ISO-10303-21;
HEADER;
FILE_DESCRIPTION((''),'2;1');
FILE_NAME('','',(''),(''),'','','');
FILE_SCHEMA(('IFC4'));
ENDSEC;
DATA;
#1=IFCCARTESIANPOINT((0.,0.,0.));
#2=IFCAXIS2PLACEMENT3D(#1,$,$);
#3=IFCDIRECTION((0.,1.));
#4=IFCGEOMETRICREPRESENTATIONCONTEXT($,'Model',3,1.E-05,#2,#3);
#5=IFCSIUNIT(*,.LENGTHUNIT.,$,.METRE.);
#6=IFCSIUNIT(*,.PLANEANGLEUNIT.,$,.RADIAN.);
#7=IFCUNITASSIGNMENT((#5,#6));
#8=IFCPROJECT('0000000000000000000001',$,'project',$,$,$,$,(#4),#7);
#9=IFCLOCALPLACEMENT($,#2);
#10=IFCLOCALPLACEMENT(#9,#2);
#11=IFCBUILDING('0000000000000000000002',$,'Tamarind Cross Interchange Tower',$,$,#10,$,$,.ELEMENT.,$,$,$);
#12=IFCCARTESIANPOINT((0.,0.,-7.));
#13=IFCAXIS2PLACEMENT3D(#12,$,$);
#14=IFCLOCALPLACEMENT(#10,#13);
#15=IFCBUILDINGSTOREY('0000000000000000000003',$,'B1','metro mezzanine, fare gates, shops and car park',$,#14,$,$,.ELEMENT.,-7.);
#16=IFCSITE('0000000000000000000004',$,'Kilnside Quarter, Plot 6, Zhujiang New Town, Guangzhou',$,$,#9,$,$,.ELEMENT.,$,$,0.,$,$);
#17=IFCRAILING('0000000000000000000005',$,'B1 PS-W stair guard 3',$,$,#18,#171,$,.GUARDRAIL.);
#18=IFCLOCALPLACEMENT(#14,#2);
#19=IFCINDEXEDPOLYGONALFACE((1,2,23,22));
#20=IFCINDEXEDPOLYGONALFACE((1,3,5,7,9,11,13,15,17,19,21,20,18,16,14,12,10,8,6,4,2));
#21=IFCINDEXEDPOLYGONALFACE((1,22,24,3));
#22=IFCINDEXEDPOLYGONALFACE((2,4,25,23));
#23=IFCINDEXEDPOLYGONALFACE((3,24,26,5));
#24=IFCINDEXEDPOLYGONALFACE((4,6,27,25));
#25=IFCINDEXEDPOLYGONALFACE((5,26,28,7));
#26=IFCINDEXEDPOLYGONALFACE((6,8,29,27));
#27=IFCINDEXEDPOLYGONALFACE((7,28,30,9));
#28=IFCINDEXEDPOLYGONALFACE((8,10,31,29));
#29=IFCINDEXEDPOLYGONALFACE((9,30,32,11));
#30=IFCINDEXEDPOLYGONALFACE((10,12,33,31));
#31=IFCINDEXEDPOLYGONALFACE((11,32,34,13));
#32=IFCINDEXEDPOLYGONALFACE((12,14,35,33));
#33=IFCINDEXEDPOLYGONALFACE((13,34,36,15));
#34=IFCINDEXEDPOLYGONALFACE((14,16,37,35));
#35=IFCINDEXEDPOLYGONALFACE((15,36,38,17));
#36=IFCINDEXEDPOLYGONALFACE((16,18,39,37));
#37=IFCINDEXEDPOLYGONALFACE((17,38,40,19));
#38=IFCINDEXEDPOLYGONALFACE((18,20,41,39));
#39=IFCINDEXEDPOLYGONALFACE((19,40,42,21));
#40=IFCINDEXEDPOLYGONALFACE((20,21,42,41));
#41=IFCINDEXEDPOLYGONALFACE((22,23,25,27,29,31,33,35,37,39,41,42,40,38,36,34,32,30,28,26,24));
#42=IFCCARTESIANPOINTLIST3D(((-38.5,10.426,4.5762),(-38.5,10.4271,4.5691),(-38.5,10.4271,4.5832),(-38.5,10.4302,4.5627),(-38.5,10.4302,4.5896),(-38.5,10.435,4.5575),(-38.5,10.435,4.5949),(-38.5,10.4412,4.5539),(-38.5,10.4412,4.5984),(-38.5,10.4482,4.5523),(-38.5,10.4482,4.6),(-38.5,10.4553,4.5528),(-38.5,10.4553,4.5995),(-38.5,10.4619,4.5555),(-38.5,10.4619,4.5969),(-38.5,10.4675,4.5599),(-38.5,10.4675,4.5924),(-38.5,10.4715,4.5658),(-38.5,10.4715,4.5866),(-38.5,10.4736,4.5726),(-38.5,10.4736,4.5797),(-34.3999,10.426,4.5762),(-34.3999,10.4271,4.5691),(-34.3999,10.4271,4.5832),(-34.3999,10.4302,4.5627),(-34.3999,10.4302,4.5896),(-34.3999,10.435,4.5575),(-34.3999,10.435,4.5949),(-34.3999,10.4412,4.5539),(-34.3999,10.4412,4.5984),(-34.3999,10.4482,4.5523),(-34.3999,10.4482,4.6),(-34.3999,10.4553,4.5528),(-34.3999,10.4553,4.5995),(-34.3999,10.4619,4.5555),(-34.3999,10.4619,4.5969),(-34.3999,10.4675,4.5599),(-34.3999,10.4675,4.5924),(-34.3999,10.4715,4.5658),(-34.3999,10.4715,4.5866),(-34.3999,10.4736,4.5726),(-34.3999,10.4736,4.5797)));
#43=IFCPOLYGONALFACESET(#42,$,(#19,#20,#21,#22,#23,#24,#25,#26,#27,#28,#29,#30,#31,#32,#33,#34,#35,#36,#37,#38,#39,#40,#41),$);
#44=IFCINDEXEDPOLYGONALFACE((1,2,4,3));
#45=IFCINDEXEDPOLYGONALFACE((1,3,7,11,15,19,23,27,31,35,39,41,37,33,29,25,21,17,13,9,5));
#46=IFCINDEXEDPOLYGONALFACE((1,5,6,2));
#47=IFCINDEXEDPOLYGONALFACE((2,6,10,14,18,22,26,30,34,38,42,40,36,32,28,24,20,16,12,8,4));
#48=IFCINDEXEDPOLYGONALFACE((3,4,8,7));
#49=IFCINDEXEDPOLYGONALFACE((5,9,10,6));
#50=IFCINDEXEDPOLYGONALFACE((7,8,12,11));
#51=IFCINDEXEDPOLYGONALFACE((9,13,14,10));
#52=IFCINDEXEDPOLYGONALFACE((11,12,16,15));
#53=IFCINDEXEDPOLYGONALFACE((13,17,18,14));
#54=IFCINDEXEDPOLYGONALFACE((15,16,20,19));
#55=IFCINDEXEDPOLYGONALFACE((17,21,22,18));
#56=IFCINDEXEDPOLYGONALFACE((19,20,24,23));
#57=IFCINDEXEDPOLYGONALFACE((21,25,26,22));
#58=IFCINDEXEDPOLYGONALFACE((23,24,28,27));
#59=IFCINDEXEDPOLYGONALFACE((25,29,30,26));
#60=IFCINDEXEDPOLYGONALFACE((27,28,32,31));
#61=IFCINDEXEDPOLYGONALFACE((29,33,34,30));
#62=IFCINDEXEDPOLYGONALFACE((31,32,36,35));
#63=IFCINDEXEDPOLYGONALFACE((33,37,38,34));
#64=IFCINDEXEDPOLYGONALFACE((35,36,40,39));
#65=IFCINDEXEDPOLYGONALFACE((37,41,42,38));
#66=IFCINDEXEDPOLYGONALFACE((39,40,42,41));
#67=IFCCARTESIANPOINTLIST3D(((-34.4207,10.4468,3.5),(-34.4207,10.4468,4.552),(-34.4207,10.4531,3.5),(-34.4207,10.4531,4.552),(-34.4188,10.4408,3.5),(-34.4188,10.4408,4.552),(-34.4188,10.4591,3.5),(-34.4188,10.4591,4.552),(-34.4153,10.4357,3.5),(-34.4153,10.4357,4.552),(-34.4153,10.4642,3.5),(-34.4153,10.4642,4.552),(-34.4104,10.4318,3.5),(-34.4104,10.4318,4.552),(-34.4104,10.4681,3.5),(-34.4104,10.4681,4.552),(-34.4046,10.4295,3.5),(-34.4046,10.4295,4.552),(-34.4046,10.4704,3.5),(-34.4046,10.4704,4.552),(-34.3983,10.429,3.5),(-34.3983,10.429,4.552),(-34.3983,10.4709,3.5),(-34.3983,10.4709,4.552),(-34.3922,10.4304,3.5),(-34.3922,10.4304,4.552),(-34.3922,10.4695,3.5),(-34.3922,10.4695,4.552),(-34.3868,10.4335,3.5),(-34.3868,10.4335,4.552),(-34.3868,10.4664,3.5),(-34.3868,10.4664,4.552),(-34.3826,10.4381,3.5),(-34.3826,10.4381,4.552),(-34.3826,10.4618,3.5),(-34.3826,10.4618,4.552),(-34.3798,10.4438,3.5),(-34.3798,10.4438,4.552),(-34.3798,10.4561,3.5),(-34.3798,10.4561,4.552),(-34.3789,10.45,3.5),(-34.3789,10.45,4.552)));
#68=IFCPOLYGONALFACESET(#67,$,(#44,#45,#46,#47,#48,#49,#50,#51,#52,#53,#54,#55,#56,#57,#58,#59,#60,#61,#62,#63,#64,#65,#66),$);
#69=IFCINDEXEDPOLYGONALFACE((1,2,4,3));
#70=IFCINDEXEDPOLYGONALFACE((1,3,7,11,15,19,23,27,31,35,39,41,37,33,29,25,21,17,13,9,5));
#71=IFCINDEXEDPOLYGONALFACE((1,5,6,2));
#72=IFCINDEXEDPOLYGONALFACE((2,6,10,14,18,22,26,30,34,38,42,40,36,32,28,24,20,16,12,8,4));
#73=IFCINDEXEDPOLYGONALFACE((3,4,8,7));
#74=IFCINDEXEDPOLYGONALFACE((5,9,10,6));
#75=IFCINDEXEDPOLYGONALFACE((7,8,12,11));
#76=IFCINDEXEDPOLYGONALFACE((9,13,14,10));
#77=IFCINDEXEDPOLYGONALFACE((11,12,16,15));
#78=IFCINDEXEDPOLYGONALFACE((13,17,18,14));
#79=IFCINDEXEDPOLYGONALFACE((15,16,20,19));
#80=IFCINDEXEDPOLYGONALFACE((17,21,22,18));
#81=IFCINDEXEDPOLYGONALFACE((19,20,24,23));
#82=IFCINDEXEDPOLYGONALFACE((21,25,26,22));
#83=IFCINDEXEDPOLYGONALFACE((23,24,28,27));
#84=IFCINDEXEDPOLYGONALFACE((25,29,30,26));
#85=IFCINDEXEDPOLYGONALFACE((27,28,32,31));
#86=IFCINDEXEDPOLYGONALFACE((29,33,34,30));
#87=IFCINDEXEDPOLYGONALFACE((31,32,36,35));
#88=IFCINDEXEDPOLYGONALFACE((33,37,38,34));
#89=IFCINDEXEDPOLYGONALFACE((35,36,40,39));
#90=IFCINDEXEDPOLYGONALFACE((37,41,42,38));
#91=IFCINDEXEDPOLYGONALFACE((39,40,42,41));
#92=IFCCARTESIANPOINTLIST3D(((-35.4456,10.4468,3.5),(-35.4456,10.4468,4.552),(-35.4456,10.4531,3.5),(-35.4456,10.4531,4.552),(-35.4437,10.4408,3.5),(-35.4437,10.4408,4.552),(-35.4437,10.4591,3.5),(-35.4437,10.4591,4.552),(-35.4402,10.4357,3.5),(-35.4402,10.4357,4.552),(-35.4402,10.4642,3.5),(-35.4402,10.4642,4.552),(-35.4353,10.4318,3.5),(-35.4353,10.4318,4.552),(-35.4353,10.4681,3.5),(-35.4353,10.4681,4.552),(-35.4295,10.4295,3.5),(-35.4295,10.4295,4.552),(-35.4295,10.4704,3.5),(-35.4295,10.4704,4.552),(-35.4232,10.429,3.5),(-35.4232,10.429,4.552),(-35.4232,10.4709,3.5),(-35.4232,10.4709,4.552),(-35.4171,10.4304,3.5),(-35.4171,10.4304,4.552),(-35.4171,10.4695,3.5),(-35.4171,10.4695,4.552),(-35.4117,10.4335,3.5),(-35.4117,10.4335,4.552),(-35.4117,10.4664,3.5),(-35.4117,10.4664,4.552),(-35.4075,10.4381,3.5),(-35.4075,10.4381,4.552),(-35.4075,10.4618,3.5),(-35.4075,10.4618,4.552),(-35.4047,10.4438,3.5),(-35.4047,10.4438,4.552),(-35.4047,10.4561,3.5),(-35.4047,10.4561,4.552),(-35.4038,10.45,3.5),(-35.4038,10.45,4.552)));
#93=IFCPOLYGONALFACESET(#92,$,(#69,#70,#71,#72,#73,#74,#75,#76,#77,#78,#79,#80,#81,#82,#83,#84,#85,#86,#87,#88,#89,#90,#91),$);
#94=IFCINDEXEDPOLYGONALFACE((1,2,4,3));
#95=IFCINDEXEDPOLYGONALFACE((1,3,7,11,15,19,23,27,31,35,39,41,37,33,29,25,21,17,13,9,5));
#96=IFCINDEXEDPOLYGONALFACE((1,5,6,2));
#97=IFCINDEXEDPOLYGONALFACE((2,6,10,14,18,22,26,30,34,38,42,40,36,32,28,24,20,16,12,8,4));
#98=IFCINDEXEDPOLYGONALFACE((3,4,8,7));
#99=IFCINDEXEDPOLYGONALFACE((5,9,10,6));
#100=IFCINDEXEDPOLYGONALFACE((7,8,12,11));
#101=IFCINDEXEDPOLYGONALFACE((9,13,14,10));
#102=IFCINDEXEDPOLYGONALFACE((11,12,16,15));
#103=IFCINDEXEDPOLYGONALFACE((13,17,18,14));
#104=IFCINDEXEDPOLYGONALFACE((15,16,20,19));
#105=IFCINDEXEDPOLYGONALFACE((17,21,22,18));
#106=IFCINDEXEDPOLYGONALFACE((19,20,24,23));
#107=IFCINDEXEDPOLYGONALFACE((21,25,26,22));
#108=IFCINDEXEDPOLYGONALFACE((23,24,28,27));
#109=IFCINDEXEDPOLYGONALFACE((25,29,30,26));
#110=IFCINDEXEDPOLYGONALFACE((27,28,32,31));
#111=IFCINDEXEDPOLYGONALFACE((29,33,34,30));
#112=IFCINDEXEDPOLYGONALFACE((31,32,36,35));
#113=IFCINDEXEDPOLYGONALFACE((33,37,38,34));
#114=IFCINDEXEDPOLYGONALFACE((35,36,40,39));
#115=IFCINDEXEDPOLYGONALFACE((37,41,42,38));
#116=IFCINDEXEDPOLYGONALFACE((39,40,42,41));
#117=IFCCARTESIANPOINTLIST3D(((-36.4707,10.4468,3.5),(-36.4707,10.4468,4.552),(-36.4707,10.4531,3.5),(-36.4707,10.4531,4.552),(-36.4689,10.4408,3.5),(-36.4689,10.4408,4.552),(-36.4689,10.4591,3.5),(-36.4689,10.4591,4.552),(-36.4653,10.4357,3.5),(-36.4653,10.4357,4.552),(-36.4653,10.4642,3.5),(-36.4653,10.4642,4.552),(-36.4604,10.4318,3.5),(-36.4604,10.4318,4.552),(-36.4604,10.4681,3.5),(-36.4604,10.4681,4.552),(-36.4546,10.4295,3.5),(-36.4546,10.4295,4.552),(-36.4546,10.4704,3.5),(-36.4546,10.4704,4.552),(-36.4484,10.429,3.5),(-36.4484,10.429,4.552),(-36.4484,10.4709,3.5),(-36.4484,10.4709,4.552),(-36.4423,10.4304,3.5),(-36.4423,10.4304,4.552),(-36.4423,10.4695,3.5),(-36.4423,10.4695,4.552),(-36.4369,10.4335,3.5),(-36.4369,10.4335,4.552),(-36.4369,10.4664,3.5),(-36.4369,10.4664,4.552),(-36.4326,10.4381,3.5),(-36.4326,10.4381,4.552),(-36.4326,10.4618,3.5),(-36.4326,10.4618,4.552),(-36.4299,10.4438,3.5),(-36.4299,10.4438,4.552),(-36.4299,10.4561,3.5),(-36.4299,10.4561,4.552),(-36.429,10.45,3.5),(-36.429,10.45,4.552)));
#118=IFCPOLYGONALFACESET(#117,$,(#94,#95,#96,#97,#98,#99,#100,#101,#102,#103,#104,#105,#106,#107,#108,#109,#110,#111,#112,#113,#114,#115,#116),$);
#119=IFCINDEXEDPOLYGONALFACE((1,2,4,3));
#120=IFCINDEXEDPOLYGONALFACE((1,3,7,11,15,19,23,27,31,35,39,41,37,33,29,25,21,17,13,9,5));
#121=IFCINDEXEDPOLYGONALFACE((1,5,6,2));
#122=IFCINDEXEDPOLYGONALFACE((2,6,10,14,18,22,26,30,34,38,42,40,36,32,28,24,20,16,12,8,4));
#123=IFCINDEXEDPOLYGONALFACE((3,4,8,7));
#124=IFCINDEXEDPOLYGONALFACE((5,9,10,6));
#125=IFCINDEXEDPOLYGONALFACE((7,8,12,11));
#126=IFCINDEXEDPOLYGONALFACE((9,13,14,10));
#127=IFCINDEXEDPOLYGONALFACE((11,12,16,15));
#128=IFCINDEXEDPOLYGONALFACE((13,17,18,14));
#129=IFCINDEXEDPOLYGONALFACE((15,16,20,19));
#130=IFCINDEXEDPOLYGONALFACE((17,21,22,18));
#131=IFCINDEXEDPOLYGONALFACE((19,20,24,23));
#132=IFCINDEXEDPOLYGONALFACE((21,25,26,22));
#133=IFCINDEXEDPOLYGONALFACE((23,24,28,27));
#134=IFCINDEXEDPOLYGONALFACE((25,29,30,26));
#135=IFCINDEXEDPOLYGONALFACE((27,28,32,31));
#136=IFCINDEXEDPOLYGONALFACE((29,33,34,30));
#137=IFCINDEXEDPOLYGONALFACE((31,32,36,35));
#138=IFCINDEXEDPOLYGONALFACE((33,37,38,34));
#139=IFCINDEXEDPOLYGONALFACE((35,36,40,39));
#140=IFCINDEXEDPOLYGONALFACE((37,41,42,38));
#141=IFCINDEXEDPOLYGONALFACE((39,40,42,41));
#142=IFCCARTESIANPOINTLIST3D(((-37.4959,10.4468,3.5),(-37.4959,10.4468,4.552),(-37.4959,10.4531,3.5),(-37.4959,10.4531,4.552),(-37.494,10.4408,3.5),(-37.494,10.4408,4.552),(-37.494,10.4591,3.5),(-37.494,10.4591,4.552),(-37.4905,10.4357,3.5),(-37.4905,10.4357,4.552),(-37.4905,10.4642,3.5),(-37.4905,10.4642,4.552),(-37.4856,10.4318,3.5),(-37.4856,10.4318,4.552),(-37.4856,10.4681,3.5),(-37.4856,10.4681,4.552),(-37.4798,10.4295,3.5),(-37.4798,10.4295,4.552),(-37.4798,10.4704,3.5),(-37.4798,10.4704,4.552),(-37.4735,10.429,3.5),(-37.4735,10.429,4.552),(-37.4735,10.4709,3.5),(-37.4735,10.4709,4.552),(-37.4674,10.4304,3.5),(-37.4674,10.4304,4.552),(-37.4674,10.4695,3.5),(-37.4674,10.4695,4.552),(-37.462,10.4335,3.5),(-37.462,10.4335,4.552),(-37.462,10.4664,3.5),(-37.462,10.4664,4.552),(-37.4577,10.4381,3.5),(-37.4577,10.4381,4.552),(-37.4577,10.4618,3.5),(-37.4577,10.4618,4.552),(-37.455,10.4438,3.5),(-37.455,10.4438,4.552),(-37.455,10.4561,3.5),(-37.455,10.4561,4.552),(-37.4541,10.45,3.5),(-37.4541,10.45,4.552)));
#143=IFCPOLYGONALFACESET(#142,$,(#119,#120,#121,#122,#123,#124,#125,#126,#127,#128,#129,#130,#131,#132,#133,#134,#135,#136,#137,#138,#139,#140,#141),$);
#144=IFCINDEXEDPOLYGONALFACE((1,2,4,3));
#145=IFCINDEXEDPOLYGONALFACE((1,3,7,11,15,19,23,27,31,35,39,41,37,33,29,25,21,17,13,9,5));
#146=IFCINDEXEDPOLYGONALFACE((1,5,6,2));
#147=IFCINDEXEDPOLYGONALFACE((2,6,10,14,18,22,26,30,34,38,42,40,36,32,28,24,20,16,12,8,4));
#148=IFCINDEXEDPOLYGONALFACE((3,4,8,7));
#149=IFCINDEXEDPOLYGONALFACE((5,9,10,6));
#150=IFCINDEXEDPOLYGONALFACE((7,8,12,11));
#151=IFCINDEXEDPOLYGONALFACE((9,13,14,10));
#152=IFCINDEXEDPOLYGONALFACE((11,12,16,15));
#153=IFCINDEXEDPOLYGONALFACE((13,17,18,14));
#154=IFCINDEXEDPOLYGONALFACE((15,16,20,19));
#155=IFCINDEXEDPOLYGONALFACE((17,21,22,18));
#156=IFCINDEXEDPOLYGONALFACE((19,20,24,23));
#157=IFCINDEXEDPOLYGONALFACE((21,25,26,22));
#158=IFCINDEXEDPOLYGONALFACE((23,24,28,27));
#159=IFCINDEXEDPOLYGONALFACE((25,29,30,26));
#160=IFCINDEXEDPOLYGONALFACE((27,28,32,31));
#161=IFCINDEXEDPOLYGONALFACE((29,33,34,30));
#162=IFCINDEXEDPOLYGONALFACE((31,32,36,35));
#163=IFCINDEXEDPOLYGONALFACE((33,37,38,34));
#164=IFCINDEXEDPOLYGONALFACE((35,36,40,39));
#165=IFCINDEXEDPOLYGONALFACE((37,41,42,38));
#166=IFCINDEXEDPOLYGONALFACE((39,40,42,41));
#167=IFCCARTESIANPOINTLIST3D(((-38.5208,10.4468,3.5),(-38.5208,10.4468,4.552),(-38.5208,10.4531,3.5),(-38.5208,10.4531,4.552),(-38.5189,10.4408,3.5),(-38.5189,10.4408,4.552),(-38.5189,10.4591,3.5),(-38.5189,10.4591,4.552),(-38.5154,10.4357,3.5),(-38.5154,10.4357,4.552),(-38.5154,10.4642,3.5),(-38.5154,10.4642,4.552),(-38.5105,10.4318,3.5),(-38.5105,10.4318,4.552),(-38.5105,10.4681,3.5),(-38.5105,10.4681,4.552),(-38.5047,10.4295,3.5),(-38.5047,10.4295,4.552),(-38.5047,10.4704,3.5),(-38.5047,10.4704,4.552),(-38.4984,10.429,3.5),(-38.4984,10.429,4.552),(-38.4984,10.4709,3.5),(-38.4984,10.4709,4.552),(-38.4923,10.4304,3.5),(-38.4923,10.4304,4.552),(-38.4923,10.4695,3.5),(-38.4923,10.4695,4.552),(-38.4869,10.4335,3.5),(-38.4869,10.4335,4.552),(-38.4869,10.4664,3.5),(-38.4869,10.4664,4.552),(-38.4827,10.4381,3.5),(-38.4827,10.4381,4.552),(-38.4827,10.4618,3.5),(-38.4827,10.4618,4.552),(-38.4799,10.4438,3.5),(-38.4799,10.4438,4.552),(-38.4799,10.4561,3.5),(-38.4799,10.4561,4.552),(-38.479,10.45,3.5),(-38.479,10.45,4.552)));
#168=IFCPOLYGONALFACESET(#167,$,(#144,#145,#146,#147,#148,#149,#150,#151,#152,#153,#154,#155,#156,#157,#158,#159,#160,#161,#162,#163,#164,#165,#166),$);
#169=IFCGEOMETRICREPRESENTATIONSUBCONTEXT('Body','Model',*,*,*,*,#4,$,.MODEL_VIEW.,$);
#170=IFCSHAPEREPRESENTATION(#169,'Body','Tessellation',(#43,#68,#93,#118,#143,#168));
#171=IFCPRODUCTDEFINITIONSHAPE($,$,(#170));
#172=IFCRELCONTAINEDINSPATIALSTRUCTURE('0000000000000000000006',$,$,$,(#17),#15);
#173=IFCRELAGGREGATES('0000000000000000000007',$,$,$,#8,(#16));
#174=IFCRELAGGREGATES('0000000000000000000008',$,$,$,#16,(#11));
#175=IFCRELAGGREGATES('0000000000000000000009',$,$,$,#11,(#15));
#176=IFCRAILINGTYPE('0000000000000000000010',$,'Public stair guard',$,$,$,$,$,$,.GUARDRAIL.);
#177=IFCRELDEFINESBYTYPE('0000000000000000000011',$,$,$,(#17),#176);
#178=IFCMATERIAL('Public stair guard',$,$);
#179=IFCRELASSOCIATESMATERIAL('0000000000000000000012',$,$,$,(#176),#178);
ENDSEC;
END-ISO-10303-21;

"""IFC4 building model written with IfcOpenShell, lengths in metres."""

from ifc_helpers import new_model, si_unit, direction, frame, origin, origin_2d, place, context, subcontext, project, spatial, circle, extrude, material, type_object, element, save


model = new_model("IFC4")

# Units and contexts
model_context = context("Model", 3, precision=1e-05, world=origin(), true_north=direction((0.0, 1.0)))
body_context = subcontext(model_context, "Body", "Model", "MODEL_VIEW")
ifc_project = project(units=[si_unit("LENGTHUNIT", "METRE"), si_unit("PLANEANGLEUNIT", "RADIAN")], contexts=[model_context])

# Site, building, storey
site_placement = place(None, origin())
site = spatial("IfcSite", under=ifc_project, at=site_placement, Name="Kilnside Quarter, Plot 6, Zhujiang New Town, Guangzhou", CompositionType="ELEMENT", RefElevation=0.0)
building_placement = place(site_placement, origin())
building = spatial("IfcBuilding", under=site, at=building_placement, Name="Tamarind Cross Interchange Tower", CompositionType="ELEMENT")
storey_placement = place(building_placement, frame((0.0, 0.0, -7.0)))
storey = spatial("IfcBuildingStorey", under=building, at=storey_placement, Name="B1", Description="metro mezzanine, fare gates, shops and car park", CompositionType="ELEMENT", Elevation=-7.0)

# Railing
ifc_material_1 = material(Name="Public stair guard")
railing_type_1 = type_object("IfcRailingType", Name="Public stair guard", PredefinedType="GUARDRAIL", material=ifc_material_1)
for number, where, name in (
    (1, (-34.3999, 10.45, 3.5), "B1 PS-W stair guard 3"),
):
    element("IfcRailing", number, at=place(storey_placement, frame(where)), inside=storey, type_object=railing_type_1, Name=name, PredefinedType="GUARDRAIL", context=body_context, shape_type="SweptSolid", body=[
        extrude(circle(Radius=0.0239, at=origin_2d()), frame((0.0, 0.0, 1.0762), z_axis=(-1.0, 0.0, 0.0), x_axis=(0.0, -1.0, 0.0)), (0.0, 0.0, 1.0), 4.1001),
        extrude(circle(Radius=0.021, at=origin_2d()), origin(), (0.0, 0.0, 1.0), 1.052),
        extrude(circle(Radius=0.021, at=origin_2d()), frame((-1.0249, 0.0, 0.0)), (0.0, 0.0, 1.0), 1.052),
        extrude(circle(Radius=0.021, at=origin_2d()), frame((-2.05, 0.0, 0.0)), (0.0, 0.0, 1.0), 1.052),
        extrude(circle(Radius=0.021, at=origin_2d()), frame((-3.0752, 0.0, 0.0)), (0.0, 0.0, 1.0), 1.052),
        extrude(circle(Radius=0.021, at=origin_2d()), frame((-4.1001, 0.0, 0.0)), (0.0, 0.0, 1.0), 1.052),
    ])

save(model, "model.ifc")
